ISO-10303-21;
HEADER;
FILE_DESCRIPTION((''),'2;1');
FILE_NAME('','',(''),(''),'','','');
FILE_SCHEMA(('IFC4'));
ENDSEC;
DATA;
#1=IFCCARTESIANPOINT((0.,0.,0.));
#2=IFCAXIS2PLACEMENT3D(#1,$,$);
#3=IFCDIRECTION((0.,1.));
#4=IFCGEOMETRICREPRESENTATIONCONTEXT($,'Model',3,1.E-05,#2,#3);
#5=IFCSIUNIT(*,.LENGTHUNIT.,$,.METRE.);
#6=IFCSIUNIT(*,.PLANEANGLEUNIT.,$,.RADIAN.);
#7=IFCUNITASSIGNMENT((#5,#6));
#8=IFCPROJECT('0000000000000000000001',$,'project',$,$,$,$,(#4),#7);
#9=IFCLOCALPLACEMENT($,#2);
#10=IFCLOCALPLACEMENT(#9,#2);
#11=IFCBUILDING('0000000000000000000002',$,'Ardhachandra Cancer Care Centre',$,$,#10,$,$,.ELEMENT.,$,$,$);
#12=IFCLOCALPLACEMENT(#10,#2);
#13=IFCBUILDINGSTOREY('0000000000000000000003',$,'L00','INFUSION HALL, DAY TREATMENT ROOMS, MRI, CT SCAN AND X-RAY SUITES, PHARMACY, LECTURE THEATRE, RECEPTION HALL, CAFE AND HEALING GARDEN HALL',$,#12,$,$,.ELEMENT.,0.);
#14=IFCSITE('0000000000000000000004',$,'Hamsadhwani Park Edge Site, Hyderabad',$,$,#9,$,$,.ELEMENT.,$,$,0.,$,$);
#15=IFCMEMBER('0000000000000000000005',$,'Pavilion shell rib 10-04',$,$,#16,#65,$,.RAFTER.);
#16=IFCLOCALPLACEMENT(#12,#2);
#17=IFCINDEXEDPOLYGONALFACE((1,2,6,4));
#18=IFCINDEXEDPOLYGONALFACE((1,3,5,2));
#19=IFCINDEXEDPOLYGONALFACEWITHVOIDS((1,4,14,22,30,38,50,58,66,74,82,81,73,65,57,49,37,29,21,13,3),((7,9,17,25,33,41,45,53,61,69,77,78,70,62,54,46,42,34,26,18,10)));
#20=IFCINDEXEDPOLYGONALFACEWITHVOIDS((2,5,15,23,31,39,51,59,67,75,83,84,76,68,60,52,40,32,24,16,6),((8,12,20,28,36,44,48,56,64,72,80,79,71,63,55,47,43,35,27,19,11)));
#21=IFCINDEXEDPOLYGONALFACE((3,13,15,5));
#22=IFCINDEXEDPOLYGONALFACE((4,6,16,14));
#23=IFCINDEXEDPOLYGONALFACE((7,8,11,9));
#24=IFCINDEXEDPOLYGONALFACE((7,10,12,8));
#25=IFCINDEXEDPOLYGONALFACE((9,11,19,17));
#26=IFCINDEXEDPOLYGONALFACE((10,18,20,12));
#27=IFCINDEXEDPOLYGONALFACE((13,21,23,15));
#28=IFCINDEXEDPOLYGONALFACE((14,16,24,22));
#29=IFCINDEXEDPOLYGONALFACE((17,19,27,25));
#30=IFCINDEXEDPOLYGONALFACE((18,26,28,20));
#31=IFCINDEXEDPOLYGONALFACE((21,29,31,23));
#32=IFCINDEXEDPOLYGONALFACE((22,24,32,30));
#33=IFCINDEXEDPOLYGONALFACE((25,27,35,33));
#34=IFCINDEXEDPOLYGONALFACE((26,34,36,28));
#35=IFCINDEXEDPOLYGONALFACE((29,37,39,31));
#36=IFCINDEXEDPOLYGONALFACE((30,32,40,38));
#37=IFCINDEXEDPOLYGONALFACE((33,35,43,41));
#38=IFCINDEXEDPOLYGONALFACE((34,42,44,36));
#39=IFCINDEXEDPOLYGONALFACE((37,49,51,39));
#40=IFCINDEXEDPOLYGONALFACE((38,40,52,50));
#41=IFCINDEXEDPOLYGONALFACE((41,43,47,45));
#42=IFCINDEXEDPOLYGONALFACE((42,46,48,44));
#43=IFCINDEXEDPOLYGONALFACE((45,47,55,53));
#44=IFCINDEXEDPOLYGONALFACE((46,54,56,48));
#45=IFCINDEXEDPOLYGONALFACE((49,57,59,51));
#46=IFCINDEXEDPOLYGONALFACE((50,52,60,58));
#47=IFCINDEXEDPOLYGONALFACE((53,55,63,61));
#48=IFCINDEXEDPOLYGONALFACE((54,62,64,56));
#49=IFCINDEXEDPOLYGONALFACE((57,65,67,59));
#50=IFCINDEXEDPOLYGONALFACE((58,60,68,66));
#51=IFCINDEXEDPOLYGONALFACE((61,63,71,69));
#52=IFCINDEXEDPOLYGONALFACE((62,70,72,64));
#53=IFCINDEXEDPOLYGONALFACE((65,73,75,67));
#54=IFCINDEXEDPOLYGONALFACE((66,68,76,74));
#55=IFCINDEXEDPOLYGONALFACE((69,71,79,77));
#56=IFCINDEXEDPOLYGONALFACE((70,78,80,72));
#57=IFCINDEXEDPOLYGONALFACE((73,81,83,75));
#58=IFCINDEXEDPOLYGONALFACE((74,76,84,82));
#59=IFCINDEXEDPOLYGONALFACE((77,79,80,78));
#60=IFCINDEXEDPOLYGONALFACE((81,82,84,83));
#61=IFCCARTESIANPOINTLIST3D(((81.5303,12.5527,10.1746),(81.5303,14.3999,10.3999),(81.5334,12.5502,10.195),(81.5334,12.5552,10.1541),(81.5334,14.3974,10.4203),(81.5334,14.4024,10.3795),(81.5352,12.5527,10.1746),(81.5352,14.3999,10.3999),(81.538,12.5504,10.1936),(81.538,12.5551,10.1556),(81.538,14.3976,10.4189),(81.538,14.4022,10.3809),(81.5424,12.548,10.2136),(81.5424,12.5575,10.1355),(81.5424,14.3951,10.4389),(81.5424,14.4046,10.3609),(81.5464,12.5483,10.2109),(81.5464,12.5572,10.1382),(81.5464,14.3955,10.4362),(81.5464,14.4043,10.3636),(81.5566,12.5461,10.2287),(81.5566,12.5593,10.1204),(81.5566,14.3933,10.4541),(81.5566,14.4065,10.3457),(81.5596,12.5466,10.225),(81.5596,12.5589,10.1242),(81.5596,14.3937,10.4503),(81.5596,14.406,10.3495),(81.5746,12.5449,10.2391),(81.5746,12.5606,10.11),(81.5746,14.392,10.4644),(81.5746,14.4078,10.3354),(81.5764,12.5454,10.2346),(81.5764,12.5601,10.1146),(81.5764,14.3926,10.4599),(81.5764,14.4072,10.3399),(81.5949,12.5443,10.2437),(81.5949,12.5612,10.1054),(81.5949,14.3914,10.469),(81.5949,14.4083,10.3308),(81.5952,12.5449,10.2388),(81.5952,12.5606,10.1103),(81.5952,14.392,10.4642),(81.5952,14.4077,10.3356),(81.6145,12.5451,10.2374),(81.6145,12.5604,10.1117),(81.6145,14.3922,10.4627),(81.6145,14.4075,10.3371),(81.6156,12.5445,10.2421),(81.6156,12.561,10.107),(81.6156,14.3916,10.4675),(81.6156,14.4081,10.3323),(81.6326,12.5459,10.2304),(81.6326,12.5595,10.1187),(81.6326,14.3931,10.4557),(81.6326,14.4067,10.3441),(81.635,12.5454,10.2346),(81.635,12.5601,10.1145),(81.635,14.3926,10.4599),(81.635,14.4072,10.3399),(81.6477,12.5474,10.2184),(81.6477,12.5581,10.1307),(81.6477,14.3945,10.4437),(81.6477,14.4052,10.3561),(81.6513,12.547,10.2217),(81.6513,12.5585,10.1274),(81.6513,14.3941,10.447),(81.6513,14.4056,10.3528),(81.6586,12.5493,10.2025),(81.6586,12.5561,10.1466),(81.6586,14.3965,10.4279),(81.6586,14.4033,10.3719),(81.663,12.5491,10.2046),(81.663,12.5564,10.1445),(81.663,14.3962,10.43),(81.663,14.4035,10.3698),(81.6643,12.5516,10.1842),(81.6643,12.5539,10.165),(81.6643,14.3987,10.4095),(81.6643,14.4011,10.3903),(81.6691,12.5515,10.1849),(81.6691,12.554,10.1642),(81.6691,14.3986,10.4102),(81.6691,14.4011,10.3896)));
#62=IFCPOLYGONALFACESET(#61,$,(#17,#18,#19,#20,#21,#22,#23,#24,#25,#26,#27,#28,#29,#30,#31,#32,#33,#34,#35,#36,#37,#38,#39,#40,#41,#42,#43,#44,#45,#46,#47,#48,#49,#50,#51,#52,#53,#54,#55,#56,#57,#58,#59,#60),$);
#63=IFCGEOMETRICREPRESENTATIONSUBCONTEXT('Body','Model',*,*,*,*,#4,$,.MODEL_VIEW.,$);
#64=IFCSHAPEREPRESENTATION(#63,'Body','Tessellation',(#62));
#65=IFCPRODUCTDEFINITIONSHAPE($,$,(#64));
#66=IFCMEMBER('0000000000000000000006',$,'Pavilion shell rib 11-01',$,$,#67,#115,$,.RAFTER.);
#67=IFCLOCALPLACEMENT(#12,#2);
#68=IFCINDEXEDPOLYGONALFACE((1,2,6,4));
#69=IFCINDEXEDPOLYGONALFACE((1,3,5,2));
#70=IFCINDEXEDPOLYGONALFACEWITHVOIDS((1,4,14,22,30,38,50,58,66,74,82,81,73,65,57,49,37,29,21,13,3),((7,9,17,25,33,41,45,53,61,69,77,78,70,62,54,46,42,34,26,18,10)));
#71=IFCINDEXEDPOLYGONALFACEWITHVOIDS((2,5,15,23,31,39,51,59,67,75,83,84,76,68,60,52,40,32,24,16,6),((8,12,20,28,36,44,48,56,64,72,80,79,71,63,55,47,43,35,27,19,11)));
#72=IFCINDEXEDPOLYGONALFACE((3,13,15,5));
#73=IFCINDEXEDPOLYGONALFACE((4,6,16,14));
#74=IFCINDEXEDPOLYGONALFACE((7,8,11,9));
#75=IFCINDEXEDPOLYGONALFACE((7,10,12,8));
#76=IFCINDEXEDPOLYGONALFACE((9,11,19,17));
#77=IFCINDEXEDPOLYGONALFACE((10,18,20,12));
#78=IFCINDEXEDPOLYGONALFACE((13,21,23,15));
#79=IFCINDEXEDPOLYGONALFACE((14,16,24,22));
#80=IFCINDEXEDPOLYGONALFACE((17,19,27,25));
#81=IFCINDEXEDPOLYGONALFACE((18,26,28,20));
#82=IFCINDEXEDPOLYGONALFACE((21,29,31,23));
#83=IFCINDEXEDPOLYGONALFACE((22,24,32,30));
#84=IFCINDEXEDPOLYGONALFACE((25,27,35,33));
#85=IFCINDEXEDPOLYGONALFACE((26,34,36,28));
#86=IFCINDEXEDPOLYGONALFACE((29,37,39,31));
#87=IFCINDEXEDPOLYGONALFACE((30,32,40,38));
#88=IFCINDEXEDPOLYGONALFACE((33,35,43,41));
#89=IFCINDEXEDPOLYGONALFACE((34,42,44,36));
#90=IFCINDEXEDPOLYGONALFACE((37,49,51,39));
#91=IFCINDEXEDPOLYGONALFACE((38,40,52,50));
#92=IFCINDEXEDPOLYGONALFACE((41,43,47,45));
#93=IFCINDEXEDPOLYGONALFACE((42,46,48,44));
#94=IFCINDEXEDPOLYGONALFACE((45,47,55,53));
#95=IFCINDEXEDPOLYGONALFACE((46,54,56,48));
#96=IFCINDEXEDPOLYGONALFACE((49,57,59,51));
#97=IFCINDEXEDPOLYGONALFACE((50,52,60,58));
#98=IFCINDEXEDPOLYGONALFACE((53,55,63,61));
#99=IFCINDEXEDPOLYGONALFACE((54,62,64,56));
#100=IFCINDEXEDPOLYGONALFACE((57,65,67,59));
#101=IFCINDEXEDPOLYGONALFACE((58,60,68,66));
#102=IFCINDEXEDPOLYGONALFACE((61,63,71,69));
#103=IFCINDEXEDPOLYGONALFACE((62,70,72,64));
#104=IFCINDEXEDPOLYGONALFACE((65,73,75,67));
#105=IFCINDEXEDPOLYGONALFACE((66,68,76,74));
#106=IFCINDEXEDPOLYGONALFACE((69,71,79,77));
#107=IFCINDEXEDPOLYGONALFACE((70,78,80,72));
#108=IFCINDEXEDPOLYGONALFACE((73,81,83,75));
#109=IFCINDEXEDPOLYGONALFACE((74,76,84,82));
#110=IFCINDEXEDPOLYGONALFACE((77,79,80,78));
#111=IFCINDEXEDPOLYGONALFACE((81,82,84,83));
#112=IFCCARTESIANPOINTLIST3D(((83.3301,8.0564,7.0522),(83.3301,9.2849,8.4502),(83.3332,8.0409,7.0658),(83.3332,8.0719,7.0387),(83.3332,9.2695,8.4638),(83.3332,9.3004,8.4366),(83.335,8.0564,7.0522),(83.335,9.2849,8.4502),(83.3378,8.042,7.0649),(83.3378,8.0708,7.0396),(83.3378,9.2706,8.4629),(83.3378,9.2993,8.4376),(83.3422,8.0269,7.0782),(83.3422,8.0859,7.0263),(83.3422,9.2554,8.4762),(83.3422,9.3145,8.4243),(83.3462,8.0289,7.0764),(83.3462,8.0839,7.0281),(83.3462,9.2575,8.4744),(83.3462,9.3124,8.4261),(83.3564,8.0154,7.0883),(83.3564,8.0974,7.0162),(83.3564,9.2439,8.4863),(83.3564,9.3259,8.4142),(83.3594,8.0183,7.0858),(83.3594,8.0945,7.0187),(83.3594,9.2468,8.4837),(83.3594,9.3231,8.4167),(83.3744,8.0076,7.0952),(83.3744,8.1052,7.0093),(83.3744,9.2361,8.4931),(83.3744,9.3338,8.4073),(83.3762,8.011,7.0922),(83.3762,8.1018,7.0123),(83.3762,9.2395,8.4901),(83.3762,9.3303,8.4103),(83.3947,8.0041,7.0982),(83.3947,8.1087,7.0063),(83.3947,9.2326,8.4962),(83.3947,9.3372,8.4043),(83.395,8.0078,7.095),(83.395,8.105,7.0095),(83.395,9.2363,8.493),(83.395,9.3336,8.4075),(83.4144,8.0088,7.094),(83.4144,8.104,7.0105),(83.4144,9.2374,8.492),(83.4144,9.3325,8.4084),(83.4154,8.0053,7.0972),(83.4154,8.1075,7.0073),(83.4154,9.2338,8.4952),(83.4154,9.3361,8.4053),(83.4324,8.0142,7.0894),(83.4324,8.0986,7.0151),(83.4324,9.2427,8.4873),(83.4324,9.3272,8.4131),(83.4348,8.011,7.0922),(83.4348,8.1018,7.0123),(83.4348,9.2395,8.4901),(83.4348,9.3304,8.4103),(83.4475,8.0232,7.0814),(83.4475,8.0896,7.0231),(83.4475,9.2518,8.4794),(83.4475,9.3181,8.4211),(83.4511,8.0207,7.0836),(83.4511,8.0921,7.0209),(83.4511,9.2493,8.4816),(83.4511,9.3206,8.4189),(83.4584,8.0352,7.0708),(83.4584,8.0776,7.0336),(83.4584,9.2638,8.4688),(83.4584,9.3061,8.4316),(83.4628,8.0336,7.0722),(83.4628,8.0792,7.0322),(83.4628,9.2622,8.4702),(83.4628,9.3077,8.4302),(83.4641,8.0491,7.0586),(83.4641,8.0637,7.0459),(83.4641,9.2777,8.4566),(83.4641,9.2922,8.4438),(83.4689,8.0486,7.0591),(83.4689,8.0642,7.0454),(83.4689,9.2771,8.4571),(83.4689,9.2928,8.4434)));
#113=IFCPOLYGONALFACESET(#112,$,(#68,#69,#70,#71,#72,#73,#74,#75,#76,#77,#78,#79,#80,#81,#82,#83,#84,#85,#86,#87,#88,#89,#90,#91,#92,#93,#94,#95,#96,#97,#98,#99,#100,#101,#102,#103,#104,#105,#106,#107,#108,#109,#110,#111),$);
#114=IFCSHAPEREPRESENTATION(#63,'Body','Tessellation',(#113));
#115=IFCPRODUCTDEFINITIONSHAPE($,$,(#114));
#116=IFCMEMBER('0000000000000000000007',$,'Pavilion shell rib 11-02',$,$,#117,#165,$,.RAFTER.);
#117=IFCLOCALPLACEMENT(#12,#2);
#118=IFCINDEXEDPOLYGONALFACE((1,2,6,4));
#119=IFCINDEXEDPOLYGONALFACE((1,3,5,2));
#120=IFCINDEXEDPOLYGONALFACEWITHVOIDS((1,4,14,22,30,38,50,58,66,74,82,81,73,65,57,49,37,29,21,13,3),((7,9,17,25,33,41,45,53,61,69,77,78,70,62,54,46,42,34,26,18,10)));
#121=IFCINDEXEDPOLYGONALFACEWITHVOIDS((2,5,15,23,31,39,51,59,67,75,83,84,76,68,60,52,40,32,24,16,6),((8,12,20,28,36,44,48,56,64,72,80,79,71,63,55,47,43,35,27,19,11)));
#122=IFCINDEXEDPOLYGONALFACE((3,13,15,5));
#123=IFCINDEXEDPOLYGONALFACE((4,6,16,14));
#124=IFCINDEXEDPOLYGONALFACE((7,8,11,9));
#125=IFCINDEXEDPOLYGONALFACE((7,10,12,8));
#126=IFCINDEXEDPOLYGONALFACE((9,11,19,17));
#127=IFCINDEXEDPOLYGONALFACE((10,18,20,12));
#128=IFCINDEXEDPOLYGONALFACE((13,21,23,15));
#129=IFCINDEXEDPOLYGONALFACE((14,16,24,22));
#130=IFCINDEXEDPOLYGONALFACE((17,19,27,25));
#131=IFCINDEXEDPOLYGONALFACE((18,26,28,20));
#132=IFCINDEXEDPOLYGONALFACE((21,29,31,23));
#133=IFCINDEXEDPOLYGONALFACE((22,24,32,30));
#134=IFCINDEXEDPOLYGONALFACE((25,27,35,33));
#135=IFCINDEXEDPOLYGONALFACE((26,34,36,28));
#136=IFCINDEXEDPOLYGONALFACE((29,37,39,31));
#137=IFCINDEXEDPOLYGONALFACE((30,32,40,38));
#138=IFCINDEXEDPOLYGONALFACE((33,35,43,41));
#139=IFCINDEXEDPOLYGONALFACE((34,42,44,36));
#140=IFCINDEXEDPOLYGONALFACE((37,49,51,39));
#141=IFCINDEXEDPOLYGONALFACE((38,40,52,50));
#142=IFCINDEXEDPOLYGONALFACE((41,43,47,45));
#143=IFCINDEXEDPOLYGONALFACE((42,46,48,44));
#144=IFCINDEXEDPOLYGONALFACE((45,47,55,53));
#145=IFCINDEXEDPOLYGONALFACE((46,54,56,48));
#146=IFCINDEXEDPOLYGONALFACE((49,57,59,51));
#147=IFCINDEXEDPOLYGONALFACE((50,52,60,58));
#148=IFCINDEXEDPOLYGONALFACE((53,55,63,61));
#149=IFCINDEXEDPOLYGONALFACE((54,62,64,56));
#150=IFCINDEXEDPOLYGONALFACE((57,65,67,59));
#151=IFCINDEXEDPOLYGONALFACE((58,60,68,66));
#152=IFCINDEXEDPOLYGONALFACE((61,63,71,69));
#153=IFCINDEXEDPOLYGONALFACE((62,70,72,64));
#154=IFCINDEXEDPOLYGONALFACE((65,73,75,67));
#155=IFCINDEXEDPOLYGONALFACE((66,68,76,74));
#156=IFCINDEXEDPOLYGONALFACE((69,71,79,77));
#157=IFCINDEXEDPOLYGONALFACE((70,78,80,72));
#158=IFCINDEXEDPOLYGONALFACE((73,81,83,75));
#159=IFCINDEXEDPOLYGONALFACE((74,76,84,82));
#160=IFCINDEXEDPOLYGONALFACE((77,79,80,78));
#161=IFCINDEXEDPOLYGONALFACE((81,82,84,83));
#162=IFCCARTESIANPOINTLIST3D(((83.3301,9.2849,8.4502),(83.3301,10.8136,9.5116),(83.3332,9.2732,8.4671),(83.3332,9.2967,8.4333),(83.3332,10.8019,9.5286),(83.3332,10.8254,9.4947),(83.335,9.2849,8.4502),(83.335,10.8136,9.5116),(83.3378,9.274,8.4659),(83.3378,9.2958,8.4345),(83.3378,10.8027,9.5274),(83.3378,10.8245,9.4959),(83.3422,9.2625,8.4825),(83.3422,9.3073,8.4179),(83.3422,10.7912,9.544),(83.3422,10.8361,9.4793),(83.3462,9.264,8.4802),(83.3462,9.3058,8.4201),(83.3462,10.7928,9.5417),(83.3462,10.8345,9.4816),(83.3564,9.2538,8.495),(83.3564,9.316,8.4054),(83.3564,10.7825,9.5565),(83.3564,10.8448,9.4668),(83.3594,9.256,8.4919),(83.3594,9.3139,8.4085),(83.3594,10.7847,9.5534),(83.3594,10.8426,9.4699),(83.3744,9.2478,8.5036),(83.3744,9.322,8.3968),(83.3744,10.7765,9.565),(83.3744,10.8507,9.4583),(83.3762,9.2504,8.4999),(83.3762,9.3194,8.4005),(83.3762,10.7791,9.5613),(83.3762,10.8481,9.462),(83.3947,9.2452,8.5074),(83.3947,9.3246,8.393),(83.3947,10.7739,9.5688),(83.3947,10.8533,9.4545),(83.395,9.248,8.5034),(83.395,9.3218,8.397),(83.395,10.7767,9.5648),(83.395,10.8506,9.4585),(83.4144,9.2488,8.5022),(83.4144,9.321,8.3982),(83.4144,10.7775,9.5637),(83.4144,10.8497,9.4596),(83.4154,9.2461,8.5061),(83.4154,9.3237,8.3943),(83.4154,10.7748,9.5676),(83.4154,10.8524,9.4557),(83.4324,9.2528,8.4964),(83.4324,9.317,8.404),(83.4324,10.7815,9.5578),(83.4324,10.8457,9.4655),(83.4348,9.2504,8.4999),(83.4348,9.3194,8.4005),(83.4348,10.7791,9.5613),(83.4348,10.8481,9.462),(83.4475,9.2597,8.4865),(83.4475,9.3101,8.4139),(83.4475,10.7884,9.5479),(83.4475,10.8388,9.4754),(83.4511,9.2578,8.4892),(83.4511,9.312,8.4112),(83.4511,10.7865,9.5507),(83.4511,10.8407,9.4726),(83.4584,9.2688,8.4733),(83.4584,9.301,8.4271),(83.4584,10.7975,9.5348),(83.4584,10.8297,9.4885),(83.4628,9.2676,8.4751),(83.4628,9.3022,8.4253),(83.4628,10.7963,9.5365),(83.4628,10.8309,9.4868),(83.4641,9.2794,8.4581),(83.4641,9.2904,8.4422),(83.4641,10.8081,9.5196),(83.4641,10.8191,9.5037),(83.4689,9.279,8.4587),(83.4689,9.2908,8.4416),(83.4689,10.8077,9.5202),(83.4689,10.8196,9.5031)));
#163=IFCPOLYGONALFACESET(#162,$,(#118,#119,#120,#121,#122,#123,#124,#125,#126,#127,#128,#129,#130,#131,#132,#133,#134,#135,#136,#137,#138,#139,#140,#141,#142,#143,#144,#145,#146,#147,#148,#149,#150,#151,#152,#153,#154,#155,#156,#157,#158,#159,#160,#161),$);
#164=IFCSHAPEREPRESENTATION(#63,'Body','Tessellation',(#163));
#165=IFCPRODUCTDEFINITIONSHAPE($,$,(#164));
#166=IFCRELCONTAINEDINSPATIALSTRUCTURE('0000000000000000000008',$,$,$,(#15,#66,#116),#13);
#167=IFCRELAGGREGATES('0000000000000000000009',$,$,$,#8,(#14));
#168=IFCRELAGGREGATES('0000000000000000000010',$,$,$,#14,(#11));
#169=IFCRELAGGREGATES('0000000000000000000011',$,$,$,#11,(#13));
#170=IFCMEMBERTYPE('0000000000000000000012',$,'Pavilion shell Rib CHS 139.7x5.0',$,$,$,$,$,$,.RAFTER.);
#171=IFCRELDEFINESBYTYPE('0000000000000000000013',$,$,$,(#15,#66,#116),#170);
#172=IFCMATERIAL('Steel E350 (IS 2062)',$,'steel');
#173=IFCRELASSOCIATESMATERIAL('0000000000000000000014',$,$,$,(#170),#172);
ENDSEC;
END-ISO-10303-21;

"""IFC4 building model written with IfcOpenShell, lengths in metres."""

from ifc_helpers import new_model, si_unit, direction, frame, origin, origin_2d, place, context, subcontext, project, spatial, hollow_circle, extrude, material, material_profile, profile_set, type_object, element, save


model = new_model("IFC4")

# Units and contexts
model_context = context("Model", 3, precision=1e-05, world=origin(), true_north=direction((0.0, 1.0)))
body_context = subcontext(model_context, "Body", "Model", "MODEL_VIEW")
ifc_project = project(units=[si_unit("LENGTHUNIT", "METRE"), si_unit("PLANEANGLEUNIT", "RADIAN")], contexts=[model_context])

# Site, building, storey
site_placement = place(None, origin())
site = spatial("IfcSite", under=ifc_project, at=site_placement, Name="Hamsadhwani Park Edge Site, Hyderabad", CompositionType="ELEMENT", RefElevation=0.0)
building_placement = place(site_placement, origin())
building = spatial("IfcBuilding", under=site, at=building_placement, Name="Ardhachandra Cancer Care Centre", CompositionType="ELEMENT")
storey_placement = place(building_placement, origin())
storey = spatial("IfcBuildingStorey", under=building, at=storey_placement, Name="L00", Description="INFUSION HALL, DAY TREATMENT ROOMS, MRI, CT SCAN AND X-RAY SUITES, PHARMACY, LECTURE THEATRE, RECEPTION HALL, CAFE AND HEALING GARDEN HALL", CompositionType="ELEMENT", Elevation=0.0)

# Members
ifc_material_1 = material(Name="Steel E350 (IS 2062)", Category="steel")
ifc_material_profile_1 = material_profile(ifc_material_1, hollow_circle(Radius=0.0698, WallThickness=0.0049, at=origin_2d()), Name="CHS 139.7x5.0")
ifc_profile_set_1 = profile_set([ifc_material_profile_1], Name="Steel E350 (IS 2062)")
member_type_1 = type_object("IfcMemberType", Name="Pavilion shell Rib CHS 139.7x5.0", PredefinedType="RAFTER", material=ifc_profile_set_1)
member_1_placement = place(storey_placement, frame((81.6001, 12.5527, 10.1746), z_axis=(0.0, 0.992641, 0.121095), x_axis=(-1.0, 0.0, 0.0)))
element("IfcMember", 1, at=member_1_placement, inside=storey, type_object=member_type_1, Name="Pavilion shell rib 10-04", PredefinedType="RAFTER", context=body_context, shape_type="SweptSolid", body=[
    extrude(hollow_circle(Radius=0.0698, WallThickness=0.0049, at=origin_2d()), origin(), (0.0, 0.0, 1.0), 1.8608),
])
for number, where, z_axis, x_axis, name in (
    (2, (83.3999, 8.0564, 7.0522), (0.0, 0.660119, 0.751161), (-1.0, 0.0, 0.0), "Pavilion shell rib 11-01"),
    (3, (83.3999, 9.2849, 8.4502), (0.0, 0.821408, 0.570342), (-1.0, 0.0, 0.0), "Pavilion shell rib 11-02"),
):
    element("IfcMember", number, at=place(storey_placement, frame(where, z_axis=z_axis, x_axis=x_axis)), inside=storey, type_object=member_type_1, Name=name, PredefinedType="RAFTER", context=body_context, shape_type="SweptSolid", body=[
        extrude(hollow_circle(Radius=0.0698, WallThickness=0.0049, at=origin_2d()), origin(), (0.0, 0.0, 1.0), 1.8611),
    ])

save(model, "model.ifc")
